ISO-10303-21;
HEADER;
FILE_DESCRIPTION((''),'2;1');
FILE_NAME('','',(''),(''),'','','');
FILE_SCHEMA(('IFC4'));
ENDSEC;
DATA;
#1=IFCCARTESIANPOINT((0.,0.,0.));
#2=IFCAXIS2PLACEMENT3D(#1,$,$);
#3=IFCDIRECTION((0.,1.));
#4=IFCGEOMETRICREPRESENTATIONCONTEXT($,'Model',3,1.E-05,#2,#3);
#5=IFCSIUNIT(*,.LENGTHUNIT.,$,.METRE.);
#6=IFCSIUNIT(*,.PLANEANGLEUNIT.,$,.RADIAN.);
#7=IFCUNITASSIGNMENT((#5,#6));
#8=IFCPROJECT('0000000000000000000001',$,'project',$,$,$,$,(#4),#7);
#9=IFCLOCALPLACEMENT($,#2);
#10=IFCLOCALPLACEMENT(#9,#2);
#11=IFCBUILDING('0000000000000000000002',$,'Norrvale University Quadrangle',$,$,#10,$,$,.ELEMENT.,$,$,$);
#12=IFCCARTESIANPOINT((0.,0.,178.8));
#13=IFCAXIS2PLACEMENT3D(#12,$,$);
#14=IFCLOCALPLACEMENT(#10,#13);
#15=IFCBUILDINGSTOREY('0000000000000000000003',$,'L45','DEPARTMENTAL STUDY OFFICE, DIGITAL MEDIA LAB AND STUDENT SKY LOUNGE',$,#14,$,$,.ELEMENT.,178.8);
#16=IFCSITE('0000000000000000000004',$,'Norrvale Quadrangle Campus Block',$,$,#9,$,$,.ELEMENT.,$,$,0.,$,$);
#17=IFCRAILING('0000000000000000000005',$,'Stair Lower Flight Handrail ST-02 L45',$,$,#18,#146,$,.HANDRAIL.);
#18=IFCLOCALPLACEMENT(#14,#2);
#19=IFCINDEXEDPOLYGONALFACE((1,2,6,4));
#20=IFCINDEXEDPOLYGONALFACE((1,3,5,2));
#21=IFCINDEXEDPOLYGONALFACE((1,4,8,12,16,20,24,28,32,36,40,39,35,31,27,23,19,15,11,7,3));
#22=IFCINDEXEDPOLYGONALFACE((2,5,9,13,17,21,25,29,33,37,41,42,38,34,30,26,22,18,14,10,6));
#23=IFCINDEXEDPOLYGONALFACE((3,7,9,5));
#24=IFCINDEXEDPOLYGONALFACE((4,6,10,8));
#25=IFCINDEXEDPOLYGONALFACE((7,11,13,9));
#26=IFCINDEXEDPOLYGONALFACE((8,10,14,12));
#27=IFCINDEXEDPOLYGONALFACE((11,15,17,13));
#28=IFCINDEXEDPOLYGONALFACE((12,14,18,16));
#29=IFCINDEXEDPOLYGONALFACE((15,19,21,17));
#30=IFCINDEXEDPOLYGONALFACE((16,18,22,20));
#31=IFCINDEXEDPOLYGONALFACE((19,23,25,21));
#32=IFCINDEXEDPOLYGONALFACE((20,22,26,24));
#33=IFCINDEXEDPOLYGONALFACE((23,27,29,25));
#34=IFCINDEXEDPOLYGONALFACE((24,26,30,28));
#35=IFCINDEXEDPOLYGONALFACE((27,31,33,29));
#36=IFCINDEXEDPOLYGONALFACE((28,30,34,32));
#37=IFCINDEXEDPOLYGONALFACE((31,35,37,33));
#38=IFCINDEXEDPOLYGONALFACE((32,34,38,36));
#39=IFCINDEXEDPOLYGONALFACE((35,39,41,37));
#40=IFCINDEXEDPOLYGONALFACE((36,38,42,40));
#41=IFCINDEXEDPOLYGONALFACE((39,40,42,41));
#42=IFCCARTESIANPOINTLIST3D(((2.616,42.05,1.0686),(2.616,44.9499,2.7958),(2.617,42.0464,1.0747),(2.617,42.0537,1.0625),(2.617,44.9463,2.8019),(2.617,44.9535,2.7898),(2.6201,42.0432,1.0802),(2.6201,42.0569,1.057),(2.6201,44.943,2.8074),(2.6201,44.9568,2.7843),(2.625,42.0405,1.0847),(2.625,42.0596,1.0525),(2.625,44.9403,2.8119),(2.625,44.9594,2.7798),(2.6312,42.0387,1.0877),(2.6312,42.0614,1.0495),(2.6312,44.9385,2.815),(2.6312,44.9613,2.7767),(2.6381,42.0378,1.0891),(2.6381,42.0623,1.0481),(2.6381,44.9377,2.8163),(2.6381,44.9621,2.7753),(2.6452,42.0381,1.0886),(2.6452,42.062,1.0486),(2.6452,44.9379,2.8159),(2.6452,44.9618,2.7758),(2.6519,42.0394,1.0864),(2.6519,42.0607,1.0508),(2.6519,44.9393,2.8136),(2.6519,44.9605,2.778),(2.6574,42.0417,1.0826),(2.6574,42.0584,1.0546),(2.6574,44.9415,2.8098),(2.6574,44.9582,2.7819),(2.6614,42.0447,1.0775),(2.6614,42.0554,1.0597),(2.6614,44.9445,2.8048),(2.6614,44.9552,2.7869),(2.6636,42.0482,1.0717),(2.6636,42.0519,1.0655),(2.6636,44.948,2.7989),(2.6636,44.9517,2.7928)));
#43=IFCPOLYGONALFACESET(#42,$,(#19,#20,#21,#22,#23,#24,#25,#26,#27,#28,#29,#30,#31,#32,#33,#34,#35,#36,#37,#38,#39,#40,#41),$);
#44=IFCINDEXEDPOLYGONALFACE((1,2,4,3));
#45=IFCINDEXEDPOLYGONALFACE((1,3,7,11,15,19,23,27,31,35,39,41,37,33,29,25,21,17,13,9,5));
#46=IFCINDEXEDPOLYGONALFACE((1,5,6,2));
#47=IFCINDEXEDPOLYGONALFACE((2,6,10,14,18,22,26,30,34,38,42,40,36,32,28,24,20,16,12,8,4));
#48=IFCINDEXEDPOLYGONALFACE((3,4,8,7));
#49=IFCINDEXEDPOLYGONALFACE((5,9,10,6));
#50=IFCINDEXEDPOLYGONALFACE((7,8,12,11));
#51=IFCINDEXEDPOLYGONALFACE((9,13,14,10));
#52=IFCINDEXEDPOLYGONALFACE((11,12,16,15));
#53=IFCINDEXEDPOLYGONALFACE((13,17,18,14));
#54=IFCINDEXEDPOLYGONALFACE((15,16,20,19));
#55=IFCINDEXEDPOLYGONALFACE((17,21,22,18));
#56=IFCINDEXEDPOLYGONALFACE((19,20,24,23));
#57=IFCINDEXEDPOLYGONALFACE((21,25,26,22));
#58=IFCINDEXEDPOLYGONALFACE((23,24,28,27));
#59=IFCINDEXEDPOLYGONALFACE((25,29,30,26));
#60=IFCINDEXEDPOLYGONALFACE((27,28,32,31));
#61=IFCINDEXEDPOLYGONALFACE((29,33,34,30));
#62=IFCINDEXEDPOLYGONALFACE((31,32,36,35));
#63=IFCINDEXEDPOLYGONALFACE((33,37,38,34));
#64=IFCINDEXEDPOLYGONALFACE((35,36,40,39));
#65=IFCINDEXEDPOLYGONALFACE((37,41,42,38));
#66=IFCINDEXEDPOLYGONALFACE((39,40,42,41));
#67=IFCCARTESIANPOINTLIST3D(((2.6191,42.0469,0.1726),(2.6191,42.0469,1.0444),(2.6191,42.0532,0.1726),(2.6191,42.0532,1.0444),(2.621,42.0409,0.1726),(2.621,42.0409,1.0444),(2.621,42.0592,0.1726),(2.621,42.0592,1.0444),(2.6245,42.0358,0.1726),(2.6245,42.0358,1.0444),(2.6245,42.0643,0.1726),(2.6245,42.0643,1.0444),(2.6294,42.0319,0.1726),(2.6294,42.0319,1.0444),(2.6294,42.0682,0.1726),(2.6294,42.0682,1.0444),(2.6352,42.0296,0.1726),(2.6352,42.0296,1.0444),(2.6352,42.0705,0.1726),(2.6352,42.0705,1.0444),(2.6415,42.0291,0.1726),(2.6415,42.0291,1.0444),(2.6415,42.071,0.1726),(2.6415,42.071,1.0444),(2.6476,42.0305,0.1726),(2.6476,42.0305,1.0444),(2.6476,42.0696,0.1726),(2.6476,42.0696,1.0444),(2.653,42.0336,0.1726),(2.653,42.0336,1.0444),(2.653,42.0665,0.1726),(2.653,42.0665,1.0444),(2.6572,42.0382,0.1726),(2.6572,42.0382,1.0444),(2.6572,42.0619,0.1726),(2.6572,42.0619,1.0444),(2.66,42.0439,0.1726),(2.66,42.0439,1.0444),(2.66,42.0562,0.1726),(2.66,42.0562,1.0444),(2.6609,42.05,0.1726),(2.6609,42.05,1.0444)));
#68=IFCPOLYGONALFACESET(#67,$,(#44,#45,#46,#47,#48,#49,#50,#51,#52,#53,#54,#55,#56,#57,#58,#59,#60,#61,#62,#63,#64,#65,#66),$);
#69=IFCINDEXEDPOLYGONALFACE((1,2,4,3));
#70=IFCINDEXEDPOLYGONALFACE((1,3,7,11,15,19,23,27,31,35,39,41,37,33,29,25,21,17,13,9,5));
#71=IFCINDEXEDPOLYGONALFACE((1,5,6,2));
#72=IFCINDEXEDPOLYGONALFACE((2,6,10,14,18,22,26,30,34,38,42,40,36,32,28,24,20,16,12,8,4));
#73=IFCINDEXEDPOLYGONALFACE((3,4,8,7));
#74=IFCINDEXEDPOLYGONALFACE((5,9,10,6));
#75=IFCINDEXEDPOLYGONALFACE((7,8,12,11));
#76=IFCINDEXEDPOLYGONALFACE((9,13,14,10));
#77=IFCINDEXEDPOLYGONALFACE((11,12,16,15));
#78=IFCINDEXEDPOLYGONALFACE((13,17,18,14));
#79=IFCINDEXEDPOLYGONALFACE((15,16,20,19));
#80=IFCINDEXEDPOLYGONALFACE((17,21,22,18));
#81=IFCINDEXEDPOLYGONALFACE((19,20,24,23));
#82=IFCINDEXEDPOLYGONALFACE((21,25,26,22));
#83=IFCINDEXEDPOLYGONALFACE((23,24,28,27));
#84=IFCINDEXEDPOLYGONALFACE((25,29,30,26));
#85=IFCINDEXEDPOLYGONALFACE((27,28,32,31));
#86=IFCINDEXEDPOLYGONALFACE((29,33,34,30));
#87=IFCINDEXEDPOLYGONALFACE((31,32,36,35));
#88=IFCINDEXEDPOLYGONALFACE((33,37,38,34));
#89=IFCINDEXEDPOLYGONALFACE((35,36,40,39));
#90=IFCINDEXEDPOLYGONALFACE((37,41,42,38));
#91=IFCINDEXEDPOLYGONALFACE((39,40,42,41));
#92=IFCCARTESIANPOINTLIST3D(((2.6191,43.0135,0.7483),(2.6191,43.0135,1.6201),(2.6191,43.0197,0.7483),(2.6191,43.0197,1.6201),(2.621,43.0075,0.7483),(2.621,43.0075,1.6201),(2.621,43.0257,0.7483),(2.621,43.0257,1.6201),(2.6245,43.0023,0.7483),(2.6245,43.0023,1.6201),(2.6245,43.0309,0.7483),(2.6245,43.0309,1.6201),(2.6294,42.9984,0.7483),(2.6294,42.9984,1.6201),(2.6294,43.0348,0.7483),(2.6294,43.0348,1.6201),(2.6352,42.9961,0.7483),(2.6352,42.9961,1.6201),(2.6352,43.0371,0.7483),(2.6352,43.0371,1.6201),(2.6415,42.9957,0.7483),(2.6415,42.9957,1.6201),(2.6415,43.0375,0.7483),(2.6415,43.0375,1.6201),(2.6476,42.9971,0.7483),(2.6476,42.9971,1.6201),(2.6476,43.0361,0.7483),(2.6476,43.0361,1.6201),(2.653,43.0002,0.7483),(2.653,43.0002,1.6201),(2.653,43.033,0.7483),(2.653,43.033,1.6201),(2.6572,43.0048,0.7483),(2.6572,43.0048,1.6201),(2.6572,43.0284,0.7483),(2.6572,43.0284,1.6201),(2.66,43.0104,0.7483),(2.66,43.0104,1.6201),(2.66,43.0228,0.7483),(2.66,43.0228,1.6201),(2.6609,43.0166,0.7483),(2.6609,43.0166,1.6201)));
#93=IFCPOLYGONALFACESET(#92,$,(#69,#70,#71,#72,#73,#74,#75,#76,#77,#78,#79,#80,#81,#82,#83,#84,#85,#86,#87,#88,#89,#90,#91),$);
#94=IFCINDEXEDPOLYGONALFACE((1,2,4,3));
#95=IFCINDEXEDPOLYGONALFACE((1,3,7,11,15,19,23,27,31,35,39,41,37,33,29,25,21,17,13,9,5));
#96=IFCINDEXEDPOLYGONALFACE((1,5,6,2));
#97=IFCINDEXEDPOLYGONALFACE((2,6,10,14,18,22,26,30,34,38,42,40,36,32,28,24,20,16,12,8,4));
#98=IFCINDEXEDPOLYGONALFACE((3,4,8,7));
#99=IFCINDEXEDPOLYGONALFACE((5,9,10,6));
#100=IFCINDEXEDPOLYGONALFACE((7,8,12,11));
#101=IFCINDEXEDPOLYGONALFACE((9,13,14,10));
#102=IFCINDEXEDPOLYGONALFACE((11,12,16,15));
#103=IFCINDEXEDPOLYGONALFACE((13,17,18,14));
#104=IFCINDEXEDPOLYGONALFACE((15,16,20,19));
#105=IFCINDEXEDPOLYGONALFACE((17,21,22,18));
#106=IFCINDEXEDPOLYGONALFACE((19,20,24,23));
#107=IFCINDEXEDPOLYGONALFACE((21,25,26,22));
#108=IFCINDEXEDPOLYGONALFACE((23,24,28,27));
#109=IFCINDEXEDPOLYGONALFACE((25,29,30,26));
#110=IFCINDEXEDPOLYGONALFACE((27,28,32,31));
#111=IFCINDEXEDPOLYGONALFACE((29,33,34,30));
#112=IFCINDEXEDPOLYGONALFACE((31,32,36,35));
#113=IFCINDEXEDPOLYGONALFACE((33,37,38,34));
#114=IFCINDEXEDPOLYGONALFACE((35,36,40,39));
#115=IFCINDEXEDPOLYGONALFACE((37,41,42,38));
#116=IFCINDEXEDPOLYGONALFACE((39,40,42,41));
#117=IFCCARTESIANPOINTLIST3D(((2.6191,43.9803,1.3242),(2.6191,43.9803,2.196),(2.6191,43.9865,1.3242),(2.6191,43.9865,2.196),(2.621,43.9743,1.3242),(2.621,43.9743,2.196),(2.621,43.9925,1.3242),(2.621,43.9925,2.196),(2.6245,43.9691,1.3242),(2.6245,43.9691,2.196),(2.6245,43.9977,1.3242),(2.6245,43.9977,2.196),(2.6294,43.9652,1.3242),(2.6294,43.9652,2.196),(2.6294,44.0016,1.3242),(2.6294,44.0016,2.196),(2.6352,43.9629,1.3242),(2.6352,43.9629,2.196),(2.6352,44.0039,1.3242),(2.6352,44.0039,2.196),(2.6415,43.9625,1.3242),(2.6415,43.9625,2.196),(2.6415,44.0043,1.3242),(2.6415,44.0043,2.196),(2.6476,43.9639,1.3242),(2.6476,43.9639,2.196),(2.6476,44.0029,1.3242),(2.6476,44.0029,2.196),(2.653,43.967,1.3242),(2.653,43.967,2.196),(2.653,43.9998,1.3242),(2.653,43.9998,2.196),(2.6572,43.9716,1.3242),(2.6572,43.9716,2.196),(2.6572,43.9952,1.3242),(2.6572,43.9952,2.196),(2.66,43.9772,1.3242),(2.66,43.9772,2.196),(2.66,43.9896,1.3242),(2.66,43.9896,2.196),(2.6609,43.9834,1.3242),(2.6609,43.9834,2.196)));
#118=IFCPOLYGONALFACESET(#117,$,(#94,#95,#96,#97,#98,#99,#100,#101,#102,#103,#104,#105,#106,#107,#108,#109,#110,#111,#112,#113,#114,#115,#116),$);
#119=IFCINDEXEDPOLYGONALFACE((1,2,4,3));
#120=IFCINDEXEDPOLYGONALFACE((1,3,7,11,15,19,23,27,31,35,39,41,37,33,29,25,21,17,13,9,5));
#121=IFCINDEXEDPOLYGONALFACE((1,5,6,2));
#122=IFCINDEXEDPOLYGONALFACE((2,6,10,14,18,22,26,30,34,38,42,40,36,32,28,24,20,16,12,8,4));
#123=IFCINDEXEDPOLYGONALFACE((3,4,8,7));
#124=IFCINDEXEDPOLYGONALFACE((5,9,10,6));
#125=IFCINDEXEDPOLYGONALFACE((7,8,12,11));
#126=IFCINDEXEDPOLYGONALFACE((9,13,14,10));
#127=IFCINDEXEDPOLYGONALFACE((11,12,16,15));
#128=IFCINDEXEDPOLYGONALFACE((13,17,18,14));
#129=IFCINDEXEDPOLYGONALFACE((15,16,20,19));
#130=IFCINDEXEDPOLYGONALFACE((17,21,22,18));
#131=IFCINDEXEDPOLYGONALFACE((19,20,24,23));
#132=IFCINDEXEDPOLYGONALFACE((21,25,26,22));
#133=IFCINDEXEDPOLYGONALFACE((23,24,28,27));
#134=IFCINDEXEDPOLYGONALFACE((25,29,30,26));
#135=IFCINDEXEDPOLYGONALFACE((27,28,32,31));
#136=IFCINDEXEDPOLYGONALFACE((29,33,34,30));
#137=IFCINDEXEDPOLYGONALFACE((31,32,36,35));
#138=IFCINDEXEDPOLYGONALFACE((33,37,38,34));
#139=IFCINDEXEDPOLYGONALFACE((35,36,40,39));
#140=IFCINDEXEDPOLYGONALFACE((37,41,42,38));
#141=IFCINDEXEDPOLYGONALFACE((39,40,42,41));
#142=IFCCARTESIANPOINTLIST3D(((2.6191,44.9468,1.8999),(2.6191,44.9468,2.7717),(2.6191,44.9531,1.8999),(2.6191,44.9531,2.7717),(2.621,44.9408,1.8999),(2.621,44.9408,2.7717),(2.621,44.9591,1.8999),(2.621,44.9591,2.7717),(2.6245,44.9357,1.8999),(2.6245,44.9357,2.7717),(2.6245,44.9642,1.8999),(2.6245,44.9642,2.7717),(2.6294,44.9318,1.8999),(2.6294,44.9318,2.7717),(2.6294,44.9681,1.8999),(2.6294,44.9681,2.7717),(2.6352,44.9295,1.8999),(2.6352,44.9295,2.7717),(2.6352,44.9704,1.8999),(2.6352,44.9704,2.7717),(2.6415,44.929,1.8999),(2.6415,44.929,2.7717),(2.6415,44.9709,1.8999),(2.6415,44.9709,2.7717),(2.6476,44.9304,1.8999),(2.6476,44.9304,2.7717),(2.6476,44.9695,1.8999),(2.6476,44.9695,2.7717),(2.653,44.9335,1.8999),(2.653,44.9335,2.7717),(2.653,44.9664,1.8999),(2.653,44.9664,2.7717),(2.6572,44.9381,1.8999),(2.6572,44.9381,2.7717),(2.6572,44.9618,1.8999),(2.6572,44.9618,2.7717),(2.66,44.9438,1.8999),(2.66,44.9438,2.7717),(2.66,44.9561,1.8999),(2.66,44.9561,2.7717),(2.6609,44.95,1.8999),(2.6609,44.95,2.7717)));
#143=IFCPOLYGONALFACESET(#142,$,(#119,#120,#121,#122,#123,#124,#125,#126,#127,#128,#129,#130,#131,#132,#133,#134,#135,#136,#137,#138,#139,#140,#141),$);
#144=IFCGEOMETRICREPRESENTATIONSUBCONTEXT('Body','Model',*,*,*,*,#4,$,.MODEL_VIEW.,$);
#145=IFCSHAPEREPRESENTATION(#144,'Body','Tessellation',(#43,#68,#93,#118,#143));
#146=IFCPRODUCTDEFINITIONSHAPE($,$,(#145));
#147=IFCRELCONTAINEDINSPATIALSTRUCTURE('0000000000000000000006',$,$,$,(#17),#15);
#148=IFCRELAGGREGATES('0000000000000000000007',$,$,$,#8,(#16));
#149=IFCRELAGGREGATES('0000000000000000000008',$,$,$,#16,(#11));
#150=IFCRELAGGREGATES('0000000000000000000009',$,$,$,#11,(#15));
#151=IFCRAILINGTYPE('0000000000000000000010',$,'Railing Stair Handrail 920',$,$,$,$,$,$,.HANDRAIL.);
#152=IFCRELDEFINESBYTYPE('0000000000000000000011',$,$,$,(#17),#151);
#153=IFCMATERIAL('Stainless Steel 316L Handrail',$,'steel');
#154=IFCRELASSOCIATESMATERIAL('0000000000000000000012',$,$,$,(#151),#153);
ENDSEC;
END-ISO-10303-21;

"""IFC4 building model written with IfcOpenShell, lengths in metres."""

from ifc_helpers import new_model, si_unit, direction, frame, origin, origin_2d, place, context, subcontext, project, spatial, circle, extrude, material, type_object, element, save


model = new_model("IFC4")

# Units and contexts
model_context = context("Model", 3, precision=1e-05, world=origin(), true_north=direction((0.0, 1.0)))
body_context = subcontext(model_context, "Body", "Model", "MODEL_VIEW")
ifc_project = project(units=[si_unit("LENGTHUNIT", "METRE"), si_unit("PLANEANGLEUNIT", "RADIAN")], contexts=[model_context])

# Site, building, storey
site_placement = place(None, origin())
site = spatial("IfcSite", under=ifc_project, at=site_placement, Name="Norrvale Quadrangle Campus Block", CompositionType="ELEMENT", RefElevation=0.0)
building_placement = place(site_placement, origin())
building = spatial("IfcBuilding", under=site, at=building_placement, Name="Norrvale University Quadrangle", CompositionType="ELEMENT")
storey_placement = place(building_placement, frame((0.0, 0.0, 178.8)))
storey = spatial("IfcBuildingStorey", under=building, at=storey_placement, Name="L45", Description="DEPARTMENTAL STUDY OFFICE, DIGITAL MEDIA LAB AND STUDENT SKY LOUNGE", CompositionType="ELEMENT", Elevation=178.8)

# Railing
ifc_material_1 = material(Name="Stainless Steel 316L Handrail", Category="steel")
railing_type_1 = type_object("IfcRailingType", Name="Railing Stair Handrail 920", PredefinedType="HANDRAIL", material=ifc_material_1)
railing_1_placement = place(storey_placement, frame((2.6399, 42.05, 0.1726)))
element("IfcRailing", 1, at=railing_1_placement, inside=storey, type_object=railing_type_1, Name="Stair Lower Flight Handrail ST-02 L45", PredefinedType="HANDRAIL", context=body_context, shape_type="SweptSolid", body=[
    extrude(circle(Radius=0.0239, at=origin_2d()), frame((0.0, 0.0, 0.896), z_axis=(0.0, 0.859141, 0.511738), x_axis=(-1.0, 0.0, 0.0)), (0.0, 0.0, 1.0), 3.3752),
    extrude(circle(Radius=0.021, at=origin_2d()), origin(), (0.0, 0.0, 1.0), 0.8718),
    extrude(circle(Radius=0.021, at=origin_2d()), frame((0.0, 0.9666, 0.5757)), (0.0, 0.0, 1.0), 0.8718),
    extrude(circle(Radius=0.021, at=origin_2d()), frame((0.0, 1.9333, 1.1516)), (0.0, 0.0, 1.0), 0.8718),
    extrude(circle(Radius=0.021, at=origin_2d()), frame((0.0, 2.8999, 1.7273)), (0.0, 0.0, 1.0), 0.8718),
])

save(model, "model.ifc")
